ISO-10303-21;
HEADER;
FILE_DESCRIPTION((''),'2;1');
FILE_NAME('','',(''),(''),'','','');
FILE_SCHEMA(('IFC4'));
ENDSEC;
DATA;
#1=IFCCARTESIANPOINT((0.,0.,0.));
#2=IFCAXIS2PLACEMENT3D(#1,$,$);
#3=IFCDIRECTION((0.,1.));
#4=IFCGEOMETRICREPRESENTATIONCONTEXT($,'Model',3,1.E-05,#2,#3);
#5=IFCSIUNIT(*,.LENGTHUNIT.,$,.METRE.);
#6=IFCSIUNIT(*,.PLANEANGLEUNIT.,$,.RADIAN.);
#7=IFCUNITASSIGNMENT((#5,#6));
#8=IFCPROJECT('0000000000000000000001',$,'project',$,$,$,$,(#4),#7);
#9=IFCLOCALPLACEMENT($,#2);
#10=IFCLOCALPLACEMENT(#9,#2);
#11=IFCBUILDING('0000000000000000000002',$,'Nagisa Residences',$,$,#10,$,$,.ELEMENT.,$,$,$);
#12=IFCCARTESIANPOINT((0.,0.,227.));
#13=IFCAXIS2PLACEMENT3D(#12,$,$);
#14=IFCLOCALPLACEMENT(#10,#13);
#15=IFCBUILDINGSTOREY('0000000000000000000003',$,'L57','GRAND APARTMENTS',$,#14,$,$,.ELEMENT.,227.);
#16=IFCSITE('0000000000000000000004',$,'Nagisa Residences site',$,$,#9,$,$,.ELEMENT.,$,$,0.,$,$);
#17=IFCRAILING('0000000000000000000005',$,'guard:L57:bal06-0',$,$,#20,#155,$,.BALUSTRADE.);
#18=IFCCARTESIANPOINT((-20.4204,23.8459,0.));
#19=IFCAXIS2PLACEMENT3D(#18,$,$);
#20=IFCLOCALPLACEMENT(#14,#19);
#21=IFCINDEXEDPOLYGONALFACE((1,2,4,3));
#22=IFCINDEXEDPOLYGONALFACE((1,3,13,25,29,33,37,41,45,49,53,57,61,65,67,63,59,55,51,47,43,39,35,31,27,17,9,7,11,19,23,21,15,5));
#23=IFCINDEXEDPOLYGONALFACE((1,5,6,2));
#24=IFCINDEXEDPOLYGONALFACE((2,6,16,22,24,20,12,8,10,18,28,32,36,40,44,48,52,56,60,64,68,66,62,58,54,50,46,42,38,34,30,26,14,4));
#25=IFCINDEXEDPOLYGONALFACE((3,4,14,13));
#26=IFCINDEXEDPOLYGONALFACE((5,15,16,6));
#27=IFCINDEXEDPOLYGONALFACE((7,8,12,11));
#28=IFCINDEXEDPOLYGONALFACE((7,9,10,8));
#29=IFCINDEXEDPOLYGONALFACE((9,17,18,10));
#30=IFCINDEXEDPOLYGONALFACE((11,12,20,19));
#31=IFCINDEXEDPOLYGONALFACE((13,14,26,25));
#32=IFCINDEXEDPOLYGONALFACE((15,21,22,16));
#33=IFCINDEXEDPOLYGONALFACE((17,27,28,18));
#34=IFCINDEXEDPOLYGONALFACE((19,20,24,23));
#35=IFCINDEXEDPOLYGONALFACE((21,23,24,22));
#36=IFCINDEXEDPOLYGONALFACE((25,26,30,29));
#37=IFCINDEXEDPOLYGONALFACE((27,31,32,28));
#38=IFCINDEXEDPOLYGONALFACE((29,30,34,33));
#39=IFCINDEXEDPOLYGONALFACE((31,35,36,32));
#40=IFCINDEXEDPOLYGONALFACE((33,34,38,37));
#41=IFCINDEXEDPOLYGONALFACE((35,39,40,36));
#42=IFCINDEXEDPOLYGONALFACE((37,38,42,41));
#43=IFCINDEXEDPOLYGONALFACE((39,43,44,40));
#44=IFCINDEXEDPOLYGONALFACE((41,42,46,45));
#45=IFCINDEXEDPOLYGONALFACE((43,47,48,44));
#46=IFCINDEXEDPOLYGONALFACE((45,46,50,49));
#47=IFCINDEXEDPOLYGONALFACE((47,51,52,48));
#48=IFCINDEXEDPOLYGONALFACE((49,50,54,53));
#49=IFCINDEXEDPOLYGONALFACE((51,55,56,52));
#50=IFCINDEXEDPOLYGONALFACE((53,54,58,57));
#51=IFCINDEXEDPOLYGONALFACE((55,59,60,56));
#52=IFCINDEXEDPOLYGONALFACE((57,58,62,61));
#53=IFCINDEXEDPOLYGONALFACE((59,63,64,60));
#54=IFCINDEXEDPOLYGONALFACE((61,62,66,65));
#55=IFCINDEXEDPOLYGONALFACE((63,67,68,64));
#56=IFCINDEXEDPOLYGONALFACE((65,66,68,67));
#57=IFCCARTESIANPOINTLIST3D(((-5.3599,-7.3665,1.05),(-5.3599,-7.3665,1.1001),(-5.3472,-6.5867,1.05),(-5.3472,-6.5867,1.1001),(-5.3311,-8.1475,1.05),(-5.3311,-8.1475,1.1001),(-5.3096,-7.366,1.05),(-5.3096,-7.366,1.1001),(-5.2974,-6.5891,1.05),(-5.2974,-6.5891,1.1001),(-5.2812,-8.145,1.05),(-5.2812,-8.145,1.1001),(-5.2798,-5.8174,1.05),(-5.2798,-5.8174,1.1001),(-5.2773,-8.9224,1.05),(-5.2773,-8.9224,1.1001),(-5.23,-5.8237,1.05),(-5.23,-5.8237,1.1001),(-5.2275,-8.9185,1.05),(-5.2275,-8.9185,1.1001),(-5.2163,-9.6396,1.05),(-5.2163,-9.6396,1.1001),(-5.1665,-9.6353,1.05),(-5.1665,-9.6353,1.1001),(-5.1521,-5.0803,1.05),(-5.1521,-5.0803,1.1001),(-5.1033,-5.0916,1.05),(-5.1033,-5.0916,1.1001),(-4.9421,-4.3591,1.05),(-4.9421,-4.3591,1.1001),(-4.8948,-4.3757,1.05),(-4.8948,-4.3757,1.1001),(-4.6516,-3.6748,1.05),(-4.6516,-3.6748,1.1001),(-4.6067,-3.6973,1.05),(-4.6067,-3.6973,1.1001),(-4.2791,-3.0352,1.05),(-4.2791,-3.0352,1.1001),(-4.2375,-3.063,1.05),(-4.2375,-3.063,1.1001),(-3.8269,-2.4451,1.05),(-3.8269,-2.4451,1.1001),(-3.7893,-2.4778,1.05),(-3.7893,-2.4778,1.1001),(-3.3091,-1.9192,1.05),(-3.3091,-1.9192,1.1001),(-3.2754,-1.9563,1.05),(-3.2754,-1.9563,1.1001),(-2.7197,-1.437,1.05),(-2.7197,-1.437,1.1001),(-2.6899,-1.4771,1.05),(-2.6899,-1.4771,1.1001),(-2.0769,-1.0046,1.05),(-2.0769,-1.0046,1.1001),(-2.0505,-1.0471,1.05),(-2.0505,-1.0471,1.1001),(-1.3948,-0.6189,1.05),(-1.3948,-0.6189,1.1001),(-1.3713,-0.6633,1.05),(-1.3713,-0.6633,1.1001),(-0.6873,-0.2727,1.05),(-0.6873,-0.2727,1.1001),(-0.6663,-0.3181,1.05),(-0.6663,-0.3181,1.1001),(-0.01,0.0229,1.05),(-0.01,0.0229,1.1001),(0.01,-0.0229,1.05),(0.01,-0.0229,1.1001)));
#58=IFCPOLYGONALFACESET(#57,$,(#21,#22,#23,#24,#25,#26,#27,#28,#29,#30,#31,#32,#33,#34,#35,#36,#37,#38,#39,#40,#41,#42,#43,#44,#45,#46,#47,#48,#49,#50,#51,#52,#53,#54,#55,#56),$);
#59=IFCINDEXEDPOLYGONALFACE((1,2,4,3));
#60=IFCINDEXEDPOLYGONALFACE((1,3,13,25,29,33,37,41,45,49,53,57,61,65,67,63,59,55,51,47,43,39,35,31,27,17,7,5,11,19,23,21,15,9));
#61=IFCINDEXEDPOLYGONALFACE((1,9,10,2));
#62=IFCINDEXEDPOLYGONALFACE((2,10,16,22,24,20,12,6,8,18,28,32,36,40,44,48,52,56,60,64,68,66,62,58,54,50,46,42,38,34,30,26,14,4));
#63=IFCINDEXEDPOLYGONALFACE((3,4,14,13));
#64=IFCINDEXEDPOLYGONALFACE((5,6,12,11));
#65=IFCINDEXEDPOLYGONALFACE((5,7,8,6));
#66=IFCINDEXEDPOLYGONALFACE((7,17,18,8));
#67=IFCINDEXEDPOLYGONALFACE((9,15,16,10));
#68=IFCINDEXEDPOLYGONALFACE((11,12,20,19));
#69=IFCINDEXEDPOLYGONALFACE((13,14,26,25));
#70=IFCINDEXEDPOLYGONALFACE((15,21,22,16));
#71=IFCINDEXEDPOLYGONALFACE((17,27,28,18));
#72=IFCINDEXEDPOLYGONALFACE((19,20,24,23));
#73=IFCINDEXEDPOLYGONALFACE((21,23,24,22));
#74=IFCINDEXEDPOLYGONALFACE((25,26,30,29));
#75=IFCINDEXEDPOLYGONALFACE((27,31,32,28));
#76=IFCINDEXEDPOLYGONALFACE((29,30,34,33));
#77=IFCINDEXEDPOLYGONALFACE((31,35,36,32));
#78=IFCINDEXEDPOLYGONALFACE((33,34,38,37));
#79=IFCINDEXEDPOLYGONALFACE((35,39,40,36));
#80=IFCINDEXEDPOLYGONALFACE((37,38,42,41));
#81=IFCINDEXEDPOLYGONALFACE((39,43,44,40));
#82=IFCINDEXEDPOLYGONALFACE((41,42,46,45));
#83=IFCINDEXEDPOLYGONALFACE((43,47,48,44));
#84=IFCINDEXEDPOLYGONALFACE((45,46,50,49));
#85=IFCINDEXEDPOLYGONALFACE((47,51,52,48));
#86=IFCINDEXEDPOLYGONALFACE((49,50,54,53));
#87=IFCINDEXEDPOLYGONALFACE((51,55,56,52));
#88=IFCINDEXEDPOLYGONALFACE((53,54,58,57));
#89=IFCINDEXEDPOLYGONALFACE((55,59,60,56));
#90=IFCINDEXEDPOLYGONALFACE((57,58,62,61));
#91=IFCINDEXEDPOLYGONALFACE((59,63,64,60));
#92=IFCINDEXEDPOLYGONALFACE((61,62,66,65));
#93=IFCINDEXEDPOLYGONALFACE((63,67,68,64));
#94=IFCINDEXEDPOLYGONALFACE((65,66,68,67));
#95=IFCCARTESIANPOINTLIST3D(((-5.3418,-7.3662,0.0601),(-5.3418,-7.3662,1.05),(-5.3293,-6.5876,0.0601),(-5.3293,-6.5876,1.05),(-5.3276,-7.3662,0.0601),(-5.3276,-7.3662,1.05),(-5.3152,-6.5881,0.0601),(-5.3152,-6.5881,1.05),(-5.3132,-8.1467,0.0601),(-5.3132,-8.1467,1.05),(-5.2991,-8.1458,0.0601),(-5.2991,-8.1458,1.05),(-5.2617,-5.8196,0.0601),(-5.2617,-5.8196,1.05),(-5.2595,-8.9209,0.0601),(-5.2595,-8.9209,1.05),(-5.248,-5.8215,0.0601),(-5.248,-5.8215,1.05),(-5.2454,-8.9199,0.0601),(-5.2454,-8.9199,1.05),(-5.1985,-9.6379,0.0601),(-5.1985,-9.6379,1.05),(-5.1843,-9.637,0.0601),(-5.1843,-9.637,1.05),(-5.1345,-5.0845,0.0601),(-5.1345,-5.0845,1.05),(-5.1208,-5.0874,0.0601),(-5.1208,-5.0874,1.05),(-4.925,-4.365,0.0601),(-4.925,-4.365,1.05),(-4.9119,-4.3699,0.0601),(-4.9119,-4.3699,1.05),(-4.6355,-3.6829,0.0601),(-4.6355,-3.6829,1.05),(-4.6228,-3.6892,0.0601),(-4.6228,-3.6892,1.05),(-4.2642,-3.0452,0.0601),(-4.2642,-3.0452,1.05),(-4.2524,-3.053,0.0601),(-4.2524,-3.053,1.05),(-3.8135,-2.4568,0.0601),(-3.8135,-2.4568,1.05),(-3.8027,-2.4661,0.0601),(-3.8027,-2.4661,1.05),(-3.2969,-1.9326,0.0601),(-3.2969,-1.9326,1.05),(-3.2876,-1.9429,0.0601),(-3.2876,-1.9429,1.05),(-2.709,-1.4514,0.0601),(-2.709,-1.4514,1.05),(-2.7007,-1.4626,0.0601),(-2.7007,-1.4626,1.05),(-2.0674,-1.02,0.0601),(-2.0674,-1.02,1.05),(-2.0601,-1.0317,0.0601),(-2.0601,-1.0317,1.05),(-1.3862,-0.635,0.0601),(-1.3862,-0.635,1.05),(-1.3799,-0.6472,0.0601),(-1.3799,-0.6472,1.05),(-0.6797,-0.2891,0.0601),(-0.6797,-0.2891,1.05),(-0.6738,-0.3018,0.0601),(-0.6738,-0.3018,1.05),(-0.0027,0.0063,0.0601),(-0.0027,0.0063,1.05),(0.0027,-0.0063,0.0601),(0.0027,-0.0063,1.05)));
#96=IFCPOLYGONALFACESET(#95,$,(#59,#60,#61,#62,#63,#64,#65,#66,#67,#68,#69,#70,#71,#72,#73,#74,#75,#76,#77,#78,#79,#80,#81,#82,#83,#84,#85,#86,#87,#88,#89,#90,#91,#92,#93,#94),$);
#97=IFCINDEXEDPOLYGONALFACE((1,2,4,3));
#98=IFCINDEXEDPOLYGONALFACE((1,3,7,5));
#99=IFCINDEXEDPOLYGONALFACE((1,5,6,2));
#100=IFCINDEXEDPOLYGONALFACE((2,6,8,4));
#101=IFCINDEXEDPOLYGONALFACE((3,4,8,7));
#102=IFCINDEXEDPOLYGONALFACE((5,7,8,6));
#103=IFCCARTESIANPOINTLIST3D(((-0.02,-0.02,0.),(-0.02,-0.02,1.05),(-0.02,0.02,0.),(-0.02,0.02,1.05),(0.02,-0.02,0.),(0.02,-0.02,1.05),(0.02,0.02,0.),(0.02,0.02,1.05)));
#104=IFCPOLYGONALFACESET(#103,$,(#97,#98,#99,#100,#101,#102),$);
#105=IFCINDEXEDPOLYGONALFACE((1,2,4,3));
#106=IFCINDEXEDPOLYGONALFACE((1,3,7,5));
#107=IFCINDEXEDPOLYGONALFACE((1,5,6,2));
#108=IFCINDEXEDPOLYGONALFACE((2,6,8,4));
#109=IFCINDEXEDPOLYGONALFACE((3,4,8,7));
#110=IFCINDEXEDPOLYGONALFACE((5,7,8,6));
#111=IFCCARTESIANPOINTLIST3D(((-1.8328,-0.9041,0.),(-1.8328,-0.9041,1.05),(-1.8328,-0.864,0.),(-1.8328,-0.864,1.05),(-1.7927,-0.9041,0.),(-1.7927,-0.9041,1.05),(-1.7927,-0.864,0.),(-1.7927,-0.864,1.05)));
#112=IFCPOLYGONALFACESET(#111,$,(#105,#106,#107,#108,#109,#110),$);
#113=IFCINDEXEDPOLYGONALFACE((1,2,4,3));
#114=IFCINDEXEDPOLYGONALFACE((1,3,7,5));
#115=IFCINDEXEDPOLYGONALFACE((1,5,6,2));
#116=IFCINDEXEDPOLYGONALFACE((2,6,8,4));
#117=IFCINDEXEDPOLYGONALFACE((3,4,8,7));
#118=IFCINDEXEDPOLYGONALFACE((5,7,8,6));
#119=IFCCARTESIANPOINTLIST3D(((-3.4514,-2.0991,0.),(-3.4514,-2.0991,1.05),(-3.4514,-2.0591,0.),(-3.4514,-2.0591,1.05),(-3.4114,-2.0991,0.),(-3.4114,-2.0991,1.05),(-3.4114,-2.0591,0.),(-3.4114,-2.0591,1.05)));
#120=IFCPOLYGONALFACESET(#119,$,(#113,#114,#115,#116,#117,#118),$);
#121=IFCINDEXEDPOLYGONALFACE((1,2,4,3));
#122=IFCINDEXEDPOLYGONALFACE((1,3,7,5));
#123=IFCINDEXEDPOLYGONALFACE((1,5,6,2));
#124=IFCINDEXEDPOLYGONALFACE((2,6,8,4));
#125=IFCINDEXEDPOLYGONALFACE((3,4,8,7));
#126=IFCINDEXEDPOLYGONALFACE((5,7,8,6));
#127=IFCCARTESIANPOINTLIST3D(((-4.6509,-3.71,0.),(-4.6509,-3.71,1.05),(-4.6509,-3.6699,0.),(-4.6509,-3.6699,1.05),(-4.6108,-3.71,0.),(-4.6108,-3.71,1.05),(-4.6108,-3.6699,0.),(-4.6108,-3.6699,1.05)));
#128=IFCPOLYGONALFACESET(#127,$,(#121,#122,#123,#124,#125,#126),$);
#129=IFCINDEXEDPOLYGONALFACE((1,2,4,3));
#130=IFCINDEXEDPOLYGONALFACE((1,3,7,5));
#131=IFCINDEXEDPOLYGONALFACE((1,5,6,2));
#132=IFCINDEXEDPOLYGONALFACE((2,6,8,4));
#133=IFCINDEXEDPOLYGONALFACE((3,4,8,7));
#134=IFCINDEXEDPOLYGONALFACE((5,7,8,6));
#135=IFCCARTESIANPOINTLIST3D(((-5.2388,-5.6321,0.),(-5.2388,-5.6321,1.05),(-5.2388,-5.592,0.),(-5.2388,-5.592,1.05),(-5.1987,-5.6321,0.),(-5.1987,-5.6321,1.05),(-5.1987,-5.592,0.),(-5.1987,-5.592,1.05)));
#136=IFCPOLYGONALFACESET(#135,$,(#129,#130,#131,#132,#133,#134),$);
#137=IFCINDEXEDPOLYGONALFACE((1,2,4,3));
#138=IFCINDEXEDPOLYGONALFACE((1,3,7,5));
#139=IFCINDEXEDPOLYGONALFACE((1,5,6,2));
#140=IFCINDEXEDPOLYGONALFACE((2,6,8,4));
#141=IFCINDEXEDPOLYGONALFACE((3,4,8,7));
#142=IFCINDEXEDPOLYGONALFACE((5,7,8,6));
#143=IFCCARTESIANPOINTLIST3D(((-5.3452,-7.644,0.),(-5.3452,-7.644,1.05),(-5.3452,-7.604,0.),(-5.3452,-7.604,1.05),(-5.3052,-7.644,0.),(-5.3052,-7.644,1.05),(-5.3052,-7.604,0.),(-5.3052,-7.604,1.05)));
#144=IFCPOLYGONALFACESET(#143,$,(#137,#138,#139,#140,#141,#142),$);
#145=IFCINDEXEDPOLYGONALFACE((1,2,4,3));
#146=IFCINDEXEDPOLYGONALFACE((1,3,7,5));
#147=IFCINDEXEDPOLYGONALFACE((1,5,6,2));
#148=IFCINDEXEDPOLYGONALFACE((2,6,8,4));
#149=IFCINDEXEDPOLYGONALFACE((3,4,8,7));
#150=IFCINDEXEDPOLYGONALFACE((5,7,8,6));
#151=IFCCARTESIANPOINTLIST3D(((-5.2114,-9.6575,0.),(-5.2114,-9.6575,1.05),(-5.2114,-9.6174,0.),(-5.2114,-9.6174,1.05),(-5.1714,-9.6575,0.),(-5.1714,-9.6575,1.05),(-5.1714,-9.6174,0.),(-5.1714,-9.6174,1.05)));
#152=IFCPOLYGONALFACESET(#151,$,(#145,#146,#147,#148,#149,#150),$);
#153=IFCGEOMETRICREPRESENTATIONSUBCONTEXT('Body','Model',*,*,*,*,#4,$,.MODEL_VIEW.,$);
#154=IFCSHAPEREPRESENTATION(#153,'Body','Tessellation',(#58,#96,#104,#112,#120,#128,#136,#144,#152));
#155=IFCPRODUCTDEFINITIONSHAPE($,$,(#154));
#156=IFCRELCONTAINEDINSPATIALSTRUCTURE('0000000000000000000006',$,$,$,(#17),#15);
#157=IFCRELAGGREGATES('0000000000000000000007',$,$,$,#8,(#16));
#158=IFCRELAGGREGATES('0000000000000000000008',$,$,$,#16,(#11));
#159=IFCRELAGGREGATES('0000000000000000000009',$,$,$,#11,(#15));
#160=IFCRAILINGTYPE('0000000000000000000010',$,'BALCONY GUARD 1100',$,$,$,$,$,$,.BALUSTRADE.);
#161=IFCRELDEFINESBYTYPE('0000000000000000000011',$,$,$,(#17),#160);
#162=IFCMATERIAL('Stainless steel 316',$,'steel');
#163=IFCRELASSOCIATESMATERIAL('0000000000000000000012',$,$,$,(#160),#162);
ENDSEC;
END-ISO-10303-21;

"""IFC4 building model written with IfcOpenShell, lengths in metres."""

from ifc_helpers import new_model, si_unit, direction, frame, origin, origin_2d, place, context, subcontext, project, spatial, polyline, rectangle, outline, extrude, material, type_object, element, save


model = new_model("IFC4")

# Units and contexts
model_context = context("Model", 3, precision=1e-05, world=origin(), true_north=direction((0.0, 1.0)))
body_context = subcontext(model_context, "Body", "Model", "MODEL_VIEW")
ifc_project = project(units=[si_unit("LENGTHUNIT", "METRE"), si_unit("PLANEANGLEUNIT", "RADIAN")], contexts=[model_context])

# Site, building, storey
site_placement = place(None, origin())
site = spatial("IfcSite", under=ifc_project, at=site_placement, Name="Nagisa Residences site", CompositionType="ELEMENT", RefElevation=0.0)
building_placement = place(site_placement, origin())
building = spatial("IfcBuilding", under=site, at=building_placement, Name="Nagisa Residences", CompositionType="ELEMENT")
storey_placement = place(building_placement, frame((0.0, 0.0, 227.0)))
storey = spatial("IfcBuildingStorey", under=building, at=storey_placement, Name="L57", Description="GRAND APARTMENTS", CompositionType="ELEMENT", Elevation=227.0)

# Railing
ifc_material_1 = material(Name="Stainless steel 316", Category="steel")
railing_type = type_object("IfcRailingType", Name="BALCONY GUARD 1100", PredefinedType="BALUSTRADE", material=ifc_material_1)
railing_placement = place(storey_placement, frame((-20.4204, 23.8459, 0.0)))
element("IfcRailing", 1, at=railing_placement, inside=storey, type_object=railing_type, Name="guard:L57:bal06-0", PredefinedType="BALUSTRADE", context=body_context, shape_type="SweptSolid", body=[
    extrude(outline(polyline([(-0.6663, -0.3181), (0.01, -0.0229), (-0.01, 0.0229), (-0.6873, -0.2727), (-1.3948, -0.6189), (-2.0769, -1.0046), (-2.7197, -1.437), (-3.3091, -1.9192), (-3.8269, -2.4451), (-4.2791, -3.0352), (-4.6516, -3.6748), (-4.9421, -4.3591), (-5.1521, -5.0803), (-5.2798, -5.8174), (-5.3472, -6.5867), (-5.3599, -7.3665), (-5.3311, -8.1475), (-5.2773, -8.9224), (-5.2163, -9.6396), (-5.1665, -9.6353), (-5.2275, -8.9185), (-5.2812, -8.145), (-5.3096, -7.366), (-5.2974, -6.5891), (-5.23, -5.8237), (-5.1033, -5.0916), (-4.8948, -4.3757), (-4.6067, -3.6973), (-4.2375, -3.063), (-3.7893, -2.4778), (-3.2754, -1.9563), (-2.6899, -1.4771), (-2.0505, -1.0471), (-1.3713, -0.6633), (-0.6663, -0.3181)])), frame((0.0, 0.0, 1.05)), (0.0, 0.0, 1.0), 0.05),
    extrude(outline(polyline([(-0.6738, -0.3018), (0.0027, -0.0063), (-0.0027, 0.0063), (-0.6797, -0.2891), (-1.3862, -0.635), (-2.0674, -1.02), (-2.709, -1.4514), (-3.2969, -1.9326), (-3.8135, -2.4568), (-4.2642, -3.0452), (-4.6355, -3.6829), (-4.925, -4.365), (-5.1345, -5.0845), (-5.2617, -5.8196), (-5.3293, -6.5876), (-5.3418, -7.3662), (-5.3132, -8.1467), (-5.2595, -8.9209), (-5.1985, -9.6379), (-5.1843, -9.637), (-5.2454, -8.9199), (-5.2991, -8.1458), (-5.3276, -7.3662), (-5.3152, -6.5881), (-5.248, -5.8215), (-5.1208, -5.0874), (-4.9119, -4.3699), (-4.6228, -3.6892), (-4.2524, -3.053), (-3.8027, -2.4661), (-3.2876, -1.9429), (-2.7007, -1.4626), (-2.0601, -1.0317), (-1.3799, -0.6472), (-0.6738, -0.3018)])), frame((0.0, 0.0, 0.0601)), (0.0, 0.0, 1.0), 0.99),
    extrude(rectangle(XDim=0.04, YDim=0.04, at=origin_2d()), origin(), (0.0, 0.0, 1.0), 1.05),
    extrude(rectangle(XDim=0.04, YDim=0.04, at=origin_2d()), frame((-1.8127, -0.884, 0.0)), (0.0, 0.0, 1.0), 1.05),
    extrude(rectangle(XDim=0.04, YDim=0.04, at=origin_2d()), frame((-3.4314, -2.0791, 0.0)), (0.0, 0.0, 1.0), 1.05),
    extrude(rectangle(XDim=0.04, YDim=0.04, at=origin_2d()), frame((-4.6309, -3.6899, 0.0)), (0.0, 0.0, 1.0), 1.05),
    extrude(rectangle(XDim=0.04, YDim=0.04, at=origin_2d()), frame((-5.2188, -5.6121, 0.0)), (0.0, 0.0, 1.0), 1.05),
    extrude(rectangle(XDim=0.04, YDim=0.04, at=origin_2d()), frame((-5.3252, -7.624, 0.0)), (0.0, 0.0, 1.0), 1.05),
    extrude(rectangle(XDim=0.04, YDim=0.04, at=origin_2d()), frame((-5.1914, -9.6375, 0.0)), (0.0, 0.0, 1.0), 1.05),
])

save(model, "model.ifc")
